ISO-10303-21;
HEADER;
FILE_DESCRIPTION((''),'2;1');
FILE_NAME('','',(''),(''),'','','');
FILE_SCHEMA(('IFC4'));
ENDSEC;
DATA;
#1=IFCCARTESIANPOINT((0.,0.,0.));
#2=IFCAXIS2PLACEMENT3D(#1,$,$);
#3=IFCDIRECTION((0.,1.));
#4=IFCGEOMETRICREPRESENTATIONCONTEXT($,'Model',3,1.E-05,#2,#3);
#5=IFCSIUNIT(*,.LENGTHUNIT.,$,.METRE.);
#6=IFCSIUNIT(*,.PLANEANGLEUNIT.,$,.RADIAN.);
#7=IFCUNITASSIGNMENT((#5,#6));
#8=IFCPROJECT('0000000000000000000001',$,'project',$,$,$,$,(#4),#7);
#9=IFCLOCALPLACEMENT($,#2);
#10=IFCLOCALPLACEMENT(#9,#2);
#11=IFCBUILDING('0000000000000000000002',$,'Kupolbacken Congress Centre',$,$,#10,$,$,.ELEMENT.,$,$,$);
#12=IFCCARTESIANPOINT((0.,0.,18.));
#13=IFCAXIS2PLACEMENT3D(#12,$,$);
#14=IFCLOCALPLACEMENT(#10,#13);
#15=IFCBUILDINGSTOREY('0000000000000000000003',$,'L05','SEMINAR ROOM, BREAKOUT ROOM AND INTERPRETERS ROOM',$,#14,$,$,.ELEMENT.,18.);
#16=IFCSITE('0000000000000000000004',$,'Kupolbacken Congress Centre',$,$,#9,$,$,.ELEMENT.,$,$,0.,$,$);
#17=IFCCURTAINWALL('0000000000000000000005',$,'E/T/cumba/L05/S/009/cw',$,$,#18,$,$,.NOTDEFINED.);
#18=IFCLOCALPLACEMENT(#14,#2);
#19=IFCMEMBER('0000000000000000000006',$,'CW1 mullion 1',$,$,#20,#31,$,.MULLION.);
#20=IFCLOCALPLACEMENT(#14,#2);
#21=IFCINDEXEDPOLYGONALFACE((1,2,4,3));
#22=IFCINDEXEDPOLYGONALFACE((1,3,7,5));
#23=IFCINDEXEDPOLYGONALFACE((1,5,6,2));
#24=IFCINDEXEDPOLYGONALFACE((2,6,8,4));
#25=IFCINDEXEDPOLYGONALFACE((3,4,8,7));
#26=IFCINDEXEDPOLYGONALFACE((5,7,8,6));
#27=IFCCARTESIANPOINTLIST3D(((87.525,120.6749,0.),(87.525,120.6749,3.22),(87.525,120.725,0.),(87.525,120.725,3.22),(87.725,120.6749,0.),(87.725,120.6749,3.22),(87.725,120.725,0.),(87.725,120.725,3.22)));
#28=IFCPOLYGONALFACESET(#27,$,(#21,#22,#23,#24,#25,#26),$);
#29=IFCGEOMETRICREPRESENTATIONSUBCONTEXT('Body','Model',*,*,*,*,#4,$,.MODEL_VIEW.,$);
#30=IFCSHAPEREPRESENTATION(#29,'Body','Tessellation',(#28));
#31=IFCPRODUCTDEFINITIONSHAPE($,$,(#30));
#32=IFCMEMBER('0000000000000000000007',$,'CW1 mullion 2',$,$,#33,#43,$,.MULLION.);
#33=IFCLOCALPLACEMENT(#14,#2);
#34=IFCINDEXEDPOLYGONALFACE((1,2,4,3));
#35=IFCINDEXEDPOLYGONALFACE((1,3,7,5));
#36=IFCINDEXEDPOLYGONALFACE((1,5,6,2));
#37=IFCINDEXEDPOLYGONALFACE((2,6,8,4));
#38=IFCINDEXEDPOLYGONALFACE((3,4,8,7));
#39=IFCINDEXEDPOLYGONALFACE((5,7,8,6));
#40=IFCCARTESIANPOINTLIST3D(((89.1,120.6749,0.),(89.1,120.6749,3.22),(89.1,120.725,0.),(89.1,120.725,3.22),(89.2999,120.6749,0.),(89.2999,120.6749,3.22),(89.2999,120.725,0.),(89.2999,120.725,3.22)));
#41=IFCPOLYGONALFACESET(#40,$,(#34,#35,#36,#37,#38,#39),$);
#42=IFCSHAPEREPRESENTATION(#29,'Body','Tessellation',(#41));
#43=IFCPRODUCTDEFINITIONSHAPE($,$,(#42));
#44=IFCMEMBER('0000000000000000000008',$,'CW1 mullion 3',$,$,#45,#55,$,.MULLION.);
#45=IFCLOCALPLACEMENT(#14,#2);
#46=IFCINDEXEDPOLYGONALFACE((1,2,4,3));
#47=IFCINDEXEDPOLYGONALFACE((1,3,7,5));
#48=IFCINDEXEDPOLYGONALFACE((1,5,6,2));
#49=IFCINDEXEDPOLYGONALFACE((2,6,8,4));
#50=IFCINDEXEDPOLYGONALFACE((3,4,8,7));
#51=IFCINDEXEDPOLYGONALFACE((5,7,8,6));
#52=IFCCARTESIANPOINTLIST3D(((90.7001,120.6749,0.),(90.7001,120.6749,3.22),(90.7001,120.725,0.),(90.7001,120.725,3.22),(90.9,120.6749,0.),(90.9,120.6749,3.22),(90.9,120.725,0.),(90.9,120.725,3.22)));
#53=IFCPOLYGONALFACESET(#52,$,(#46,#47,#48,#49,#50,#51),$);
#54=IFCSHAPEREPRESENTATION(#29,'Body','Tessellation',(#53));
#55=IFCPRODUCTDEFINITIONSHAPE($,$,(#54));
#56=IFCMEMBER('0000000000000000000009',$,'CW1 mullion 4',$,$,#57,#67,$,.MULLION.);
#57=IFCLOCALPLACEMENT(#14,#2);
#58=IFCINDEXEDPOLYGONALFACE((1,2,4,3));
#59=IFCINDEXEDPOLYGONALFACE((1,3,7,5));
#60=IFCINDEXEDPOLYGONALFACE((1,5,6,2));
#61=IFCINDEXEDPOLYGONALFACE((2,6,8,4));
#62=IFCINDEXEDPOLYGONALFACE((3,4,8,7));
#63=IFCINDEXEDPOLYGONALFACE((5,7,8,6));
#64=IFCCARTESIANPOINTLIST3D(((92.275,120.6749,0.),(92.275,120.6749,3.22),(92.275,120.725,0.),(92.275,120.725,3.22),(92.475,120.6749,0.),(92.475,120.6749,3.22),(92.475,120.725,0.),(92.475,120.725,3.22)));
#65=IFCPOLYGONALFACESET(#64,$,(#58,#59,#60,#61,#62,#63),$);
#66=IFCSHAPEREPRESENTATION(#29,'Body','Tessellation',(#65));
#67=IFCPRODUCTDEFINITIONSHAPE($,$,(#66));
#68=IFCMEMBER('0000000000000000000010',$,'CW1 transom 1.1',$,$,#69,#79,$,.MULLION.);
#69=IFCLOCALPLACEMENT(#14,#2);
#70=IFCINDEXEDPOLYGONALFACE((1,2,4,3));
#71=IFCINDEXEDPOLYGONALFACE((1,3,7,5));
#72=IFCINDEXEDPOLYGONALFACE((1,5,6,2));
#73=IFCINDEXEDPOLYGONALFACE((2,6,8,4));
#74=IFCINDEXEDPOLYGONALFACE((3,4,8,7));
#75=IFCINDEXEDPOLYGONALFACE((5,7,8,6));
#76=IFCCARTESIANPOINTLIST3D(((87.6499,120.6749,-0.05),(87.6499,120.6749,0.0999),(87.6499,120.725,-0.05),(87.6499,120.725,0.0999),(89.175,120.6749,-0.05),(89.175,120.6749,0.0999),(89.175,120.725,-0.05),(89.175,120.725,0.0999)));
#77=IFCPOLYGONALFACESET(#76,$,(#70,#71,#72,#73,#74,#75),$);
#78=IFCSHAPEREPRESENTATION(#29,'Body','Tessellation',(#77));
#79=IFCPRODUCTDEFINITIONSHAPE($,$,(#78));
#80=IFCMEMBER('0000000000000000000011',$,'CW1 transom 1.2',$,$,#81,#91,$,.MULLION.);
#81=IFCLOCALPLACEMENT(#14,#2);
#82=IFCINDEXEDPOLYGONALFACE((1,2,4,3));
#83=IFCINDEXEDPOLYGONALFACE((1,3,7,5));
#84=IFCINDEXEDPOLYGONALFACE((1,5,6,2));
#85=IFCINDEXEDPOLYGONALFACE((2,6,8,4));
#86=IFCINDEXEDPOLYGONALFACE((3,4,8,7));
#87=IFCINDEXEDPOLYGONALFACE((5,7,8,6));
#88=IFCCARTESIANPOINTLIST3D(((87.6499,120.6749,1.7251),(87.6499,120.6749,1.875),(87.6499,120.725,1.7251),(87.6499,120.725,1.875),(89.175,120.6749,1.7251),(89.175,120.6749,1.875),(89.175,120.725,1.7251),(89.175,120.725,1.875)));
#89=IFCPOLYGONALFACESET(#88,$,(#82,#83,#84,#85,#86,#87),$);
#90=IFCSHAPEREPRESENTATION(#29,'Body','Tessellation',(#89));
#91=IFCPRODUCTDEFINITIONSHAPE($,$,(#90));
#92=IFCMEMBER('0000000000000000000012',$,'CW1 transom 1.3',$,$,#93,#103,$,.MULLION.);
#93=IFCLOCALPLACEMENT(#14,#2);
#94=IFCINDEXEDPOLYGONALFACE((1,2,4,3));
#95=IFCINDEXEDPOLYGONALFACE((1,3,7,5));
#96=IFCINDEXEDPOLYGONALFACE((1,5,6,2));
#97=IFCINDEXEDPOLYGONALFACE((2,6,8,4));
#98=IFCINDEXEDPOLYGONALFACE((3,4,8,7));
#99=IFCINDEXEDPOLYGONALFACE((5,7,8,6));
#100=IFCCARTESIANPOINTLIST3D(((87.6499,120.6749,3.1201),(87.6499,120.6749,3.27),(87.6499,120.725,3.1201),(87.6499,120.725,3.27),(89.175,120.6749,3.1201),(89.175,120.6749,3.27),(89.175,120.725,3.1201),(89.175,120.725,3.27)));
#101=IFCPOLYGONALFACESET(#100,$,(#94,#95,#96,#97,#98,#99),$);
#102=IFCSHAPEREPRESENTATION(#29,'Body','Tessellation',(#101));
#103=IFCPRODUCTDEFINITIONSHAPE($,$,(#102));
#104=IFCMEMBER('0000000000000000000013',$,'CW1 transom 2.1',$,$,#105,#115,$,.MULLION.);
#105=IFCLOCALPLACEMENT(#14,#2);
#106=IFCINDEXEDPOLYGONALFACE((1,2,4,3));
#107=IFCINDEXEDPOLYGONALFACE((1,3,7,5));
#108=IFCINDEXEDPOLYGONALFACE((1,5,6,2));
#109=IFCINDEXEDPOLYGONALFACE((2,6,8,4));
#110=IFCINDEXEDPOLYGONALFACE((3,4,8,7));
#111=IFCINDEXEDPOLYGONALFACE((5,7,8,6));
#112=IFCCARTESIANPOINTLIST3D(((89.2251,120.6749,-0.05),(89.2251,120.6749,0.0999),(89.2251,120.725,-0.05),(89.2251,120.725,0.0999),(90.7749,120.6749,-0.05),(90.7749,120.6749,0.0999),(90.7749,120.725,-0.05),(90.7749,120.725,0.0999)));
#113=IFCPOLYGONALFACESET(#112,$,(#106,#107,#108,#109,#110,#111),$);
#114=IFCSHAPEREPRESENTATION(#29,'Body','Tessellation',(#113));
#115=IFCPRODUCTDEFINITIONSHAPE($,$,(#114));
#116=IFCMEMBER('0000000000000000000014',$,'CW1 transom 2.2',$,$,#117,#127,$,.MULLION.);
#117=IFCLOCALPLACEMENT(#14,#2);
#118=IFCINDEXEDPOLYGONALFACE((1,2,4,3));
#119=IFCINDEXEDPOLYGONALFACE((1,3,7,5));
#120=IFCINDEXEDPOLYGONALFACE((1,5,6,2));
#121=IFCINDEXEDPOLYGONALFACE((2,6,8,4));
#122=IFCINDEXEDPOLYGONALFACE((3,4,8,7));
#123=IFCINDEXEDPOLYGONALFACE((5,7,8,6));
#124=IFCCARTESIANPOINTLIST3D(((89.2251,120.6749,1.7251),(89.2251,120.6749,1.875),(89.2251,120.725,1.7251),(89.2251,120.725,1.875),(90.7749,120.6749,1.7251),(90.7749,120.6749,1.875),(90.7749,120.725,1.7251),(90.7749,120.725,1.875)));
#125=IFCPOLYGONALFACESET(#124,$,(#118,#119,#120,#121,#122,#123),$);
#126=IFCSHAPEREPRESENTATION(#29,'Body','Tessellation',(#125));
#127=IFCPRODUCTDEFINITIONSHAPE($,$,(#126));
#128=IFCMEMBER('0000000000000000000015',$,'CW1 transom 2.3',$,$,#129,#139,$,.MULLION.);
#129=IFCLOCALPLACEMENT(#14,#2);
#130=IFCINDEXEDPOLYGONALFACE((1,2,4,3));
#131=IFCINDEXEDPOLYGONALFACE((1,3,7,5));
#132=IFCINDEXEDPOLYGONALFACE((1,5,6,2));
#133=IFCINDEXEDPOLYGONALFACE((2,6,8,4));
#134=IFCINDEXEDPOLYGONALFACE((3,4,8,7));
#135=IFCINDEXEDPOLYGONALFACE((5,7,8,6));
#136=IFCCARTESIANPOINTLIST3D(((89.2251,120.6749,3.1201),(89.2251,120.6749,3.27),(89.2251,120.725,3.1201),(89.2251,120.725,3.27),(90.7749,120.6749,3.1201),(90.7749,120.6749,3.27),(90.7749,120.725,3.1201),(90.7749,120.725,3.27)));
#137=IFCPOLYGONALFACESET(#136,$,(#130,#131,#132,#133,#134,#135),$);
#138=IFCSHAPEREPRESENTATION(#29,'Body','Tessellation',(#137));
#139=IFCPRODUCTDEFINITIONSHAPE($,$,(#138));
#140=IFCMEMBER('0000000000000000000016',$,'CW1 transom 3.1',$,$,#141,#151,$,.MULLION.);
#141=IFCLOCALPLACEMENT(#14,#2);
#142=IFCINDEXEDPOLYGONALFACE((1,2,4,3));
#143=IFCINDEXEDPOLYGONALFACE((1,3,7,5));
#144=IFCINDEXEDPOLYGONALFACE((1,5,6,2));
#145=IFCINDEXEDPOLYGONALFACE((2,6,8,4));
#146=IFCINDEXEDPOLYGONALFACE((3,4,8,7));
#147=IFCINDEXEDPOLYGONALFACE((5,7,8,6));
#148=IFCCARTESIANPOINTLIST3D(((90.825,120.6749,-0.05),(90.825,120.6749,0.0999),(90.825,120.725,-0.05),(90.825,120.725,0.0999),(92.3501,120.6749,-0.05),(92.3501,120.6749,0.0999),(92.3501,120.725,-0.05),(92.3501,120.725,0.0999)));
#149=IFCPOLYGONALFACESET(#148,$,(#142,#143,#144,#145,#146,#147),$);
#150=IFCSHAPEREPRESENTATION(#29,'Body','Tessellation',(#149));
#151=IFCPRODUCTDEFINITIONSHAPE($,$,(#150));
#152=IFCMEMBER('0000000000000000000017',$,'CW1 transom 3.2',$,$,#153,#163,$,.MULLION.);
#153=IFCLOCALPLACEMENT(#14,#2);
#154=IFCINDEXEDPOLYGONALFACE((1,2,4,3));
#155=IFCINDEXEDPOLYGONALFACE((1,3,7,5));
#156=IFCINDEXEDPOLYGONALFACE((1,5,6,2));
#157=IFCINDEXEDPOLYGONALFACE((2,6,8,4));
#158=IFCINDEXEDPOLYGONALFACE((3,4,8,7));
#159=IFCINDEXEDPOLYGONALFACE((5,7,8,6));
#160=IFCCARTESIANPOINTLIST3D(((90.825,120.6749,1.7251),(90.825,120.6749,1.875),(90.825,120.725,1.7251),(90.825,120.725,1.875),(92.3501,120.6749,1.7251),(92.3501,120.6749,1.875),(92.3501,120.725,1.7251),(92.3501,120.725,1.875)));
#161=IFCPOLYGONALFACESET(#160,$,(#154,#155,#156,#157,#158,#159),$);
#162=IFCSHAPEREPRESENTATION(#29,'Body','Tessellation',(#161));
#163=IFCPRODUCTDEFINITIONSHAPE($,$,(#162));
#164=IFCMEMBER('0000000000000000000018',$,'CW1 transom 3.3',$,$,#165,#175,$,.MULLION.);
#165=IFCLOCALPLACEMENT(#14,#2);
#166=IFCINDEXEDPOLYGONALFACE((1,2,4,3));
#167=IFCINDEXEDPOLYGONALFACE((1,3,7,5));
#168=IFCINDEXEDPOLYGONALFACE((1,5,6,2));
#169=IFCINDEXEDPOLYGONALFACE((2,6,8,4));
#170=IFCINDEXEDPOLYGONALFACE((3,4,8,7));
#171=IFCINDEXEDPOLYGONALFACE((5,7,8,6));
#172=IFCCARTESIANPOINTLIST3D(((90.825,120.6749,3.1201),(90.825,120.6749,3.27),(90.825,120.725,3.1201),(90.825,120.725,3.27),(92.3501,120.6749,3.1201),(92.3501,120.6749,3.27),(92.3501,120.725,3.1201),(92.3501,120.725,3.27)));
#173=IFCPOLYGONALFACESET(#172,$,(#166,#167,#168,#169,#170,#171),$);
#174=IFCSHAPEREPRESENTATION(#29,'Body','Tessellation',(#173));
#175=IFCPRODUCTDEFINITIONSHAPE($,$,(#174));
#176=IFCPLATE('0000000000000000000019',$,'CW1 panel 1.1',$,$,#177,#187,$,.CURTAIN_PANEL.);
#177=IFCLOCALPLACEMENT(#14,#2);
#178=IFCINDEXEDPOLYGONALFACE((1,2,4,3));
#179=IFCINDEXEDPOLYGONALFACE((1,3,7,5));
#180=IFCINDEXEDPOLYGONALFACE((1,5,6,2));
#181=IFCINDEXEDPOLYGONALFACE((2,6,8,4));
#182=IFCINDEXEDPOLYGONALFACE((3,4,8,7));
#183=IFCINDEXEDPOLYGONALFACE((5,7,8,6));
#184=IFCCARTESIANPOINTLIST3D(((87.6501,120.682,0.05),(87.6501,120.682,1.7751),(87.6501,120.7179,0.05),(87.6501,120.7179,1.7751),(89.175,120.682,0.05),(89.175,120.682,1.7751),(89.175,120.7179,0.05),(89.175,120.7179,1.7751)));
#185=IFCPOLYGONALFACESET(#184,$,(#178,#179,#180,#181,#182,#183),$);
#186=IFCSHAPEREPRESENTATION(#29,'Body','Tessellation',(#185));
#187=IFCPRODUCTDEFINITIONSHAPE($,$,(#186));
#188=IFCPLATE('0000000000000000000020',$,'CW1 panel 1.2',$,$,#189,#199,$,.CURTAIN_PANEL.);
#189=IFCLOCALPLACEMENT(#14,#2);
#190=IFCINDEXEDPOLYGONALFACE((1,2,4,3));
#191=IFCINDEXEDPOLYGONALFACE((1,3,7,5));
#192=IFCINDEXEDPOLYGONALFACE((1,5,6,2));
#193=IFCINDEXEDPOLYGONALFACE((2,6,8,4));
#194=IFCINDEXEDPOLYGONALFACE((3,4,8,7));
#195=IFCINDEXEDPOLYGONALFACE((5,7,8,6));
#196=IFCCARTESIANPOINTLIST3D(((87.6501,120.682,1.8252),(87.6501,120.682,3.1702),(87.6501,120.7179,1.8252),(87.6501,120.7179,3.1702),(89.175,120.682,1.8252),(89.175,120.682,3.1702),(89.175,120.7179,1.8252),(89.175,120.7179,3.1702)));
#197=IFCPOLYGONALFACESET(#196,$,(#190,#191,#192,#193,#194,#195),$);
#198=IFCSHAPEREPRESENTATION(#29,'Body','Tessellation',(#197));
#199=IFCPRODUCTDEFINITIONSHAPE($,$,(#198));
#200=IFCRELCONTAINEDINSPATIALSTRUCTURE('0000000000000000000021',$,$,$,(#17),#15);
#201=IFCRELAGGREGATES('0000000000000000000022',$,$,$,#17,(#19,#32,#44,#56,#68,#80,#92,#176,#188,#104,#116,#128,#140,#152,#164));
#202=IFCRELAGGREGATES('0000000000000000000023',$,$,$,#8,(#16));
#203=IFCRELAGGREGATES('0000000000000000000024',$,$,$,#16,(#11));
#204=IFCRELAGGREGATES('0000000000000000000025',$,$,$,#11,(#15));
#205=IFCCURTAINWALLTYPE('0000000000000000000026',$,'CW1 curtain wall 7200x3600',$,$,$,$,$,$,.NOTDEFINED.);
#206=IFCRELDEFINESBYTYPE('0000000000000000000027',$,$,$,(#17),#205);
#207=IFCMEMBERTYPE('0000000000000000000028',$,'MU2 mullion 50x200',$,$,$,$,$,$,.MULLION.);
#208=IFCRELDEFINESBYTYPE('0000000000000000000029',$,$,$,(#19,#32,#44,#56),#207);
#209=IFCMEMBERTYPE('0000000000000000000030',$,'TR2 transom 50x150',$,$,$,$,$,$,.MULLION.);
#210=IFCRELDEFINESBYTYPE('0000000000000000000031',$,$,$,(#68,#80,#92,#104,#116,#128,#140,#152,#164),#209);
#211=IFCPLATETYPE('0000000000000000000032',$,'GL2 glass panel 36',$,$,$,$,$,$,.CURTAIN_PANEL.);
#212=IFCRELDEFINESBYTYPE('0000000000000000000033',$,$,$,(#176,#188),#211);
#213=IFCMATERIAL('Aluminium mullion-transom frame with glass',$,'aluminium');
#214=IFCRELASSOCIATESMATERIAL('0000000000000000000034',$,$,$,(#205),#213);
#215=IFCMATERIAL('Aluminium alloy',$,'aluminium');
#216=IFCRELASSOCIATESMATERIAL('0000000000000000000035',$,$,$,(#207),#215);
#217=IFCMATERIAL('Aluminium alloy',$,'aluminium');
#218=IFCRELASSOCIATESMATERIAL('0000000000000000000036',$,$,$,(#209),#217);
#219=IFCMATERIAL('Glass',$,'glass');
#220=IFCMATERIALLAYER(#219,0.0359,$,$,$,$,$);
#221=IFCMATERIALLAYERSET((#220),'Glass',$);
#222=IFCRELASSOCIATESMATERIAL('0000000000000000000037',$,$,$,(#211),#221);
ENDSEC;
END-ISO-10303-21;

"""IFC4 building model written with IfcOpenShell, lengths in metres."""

from ifc_helpers import new_model, si_unit, direction, frame, origin, origin_2d, place, context, subcontext, project, spatial, rectangle, extrude, material, layer, layer_set, material_profile, profile_set, type_object, element, aggregate, save


model = new_model("IFC4")

# Units and contexts
model_context = context("Model", 3, precision=1e-05, world=origin(), true_north=direction((0.0, 1.0)))
body_context = subcontext(model_context, "Body", "Model", "MODEL_VIEW")
ifc_project = project(units=[si_unit("LENGTHUNIT", "METRE"), si_unit("PLANEANGLEUNIT", "RADIAN")], contexts=[model_context])

# Site, building, storey
site_placement = place(None, origin())
site = spatial("IfcSite", under=ifc_project, at=site_placement, Name="Kupolbacken Congress Centre", CompositionType="ELEMENT", RefElevation=0.0)
building_placement = place(site_placement, origin())
building = spatial("IfcBuilding", under=site, at=building_placement, Name="Kupolbacken Congress Centre", CompositionType="ELEMENT")
storey_placement = place(building_placement, frame((0.0, 0.0, 18.0)))
storey = spatial("IfcBuildingStorey", under=building, at=storey_placement, Name="L05", Description="SEMINAR ROOM, BREAKOUT ROOM AND INTERPRETERS ROOM", CompositionType="ELEMENT", Elevation=18.0)

# Curtain wall, members, plates
ifc_material_1 = material(Name="Aluminium mullion-transom frame with glass", Category="aluminium")
curtain_wall_type = type_object("IfcCurtainWallType", Name="CW1 curtain wall 7200x3600", PredefinedType="NOTDEFINED", material=ifc_material_1)
curtain_wall_placement = place(storey_placement, origin())
curtain_wall = element("IfcCurtainWall", 1, at=curtain_wall_placement, inside=storey, type_object=curtain_wall_type, Name="E/T/cumba/L05/S/009/cw", PredefinedType="NOTDEFINED")
ifc_material_2 = material(Name="Aluminium alloy", Category="aluminium")
ifc_material_profile_1 = material_profile(ifc_material_2, rectangle(XDim=0.05, YDim=0.2, at=origin_2d()), Name="50 x 200")
ifc_profile_set_1 = profile_set([ifc_material_profile_1], Name="Aluminium alloy")
member_type_1 = type_object("IfcMemberType", Name="MU2 mullion 50x200", PredefinedType="MULLION", material=ifc_profile_set_1)
member_1_placement = place(storey_placement, frame((87.625, 120.7, 0.0), z_axis=(0.0, 0.0, 1.0), x_axis=(0.0, 1.0, 0.0)))
member_1 = element("IfcMember", 2, at=member_1_placement, type_object=member_type_1, Name="CW1 mullion 1", PredefinedType="MULLION", context=body_context, shape_type="SweptSolid", body=[
    extrude(rectangle(XDim=0.05, YDim=0.2, at=origin_2d()), origin(), (0.0, 0.0, 1.0), 3.22),
])
member_2_placement = place(storey_placement, frame((89.2, 120.7, 0.0), z_axis=(0.0, 0.0, 1.0), x_axis=(0.0, 1.0, 0.0)))
member_2 = element("IfcMember", 3, at=member_2_placement, type_object=member_type_1, Name="CW1 mullion 2", PredefinedType="MULLION", context=body_context, shape_type="SweptSolid", body=[
    extrude(rectangle(XDim=0.05, YDim=0.2, at=origin_2d()), origin(), (0.0, 0.0, 1.0), 3.22),
])
member_3_placement = place(storey_placement, frame((90.8, 120.7, 0.0), z_axis=(0.0, 0.0, 1.0), x_axis=(0.0, 1.0, 0.0)))
member_3 = element("IfcMember", 4, at=member_3_placement, type_object=member_type_1, Name="CW1 mullion 3", PredefinedType="MULLION", context=body_context, shape_type="SweptSolid", body=[
    extrude(rectangle(XDim=0.05, YDim=0.2, at=origin_2d()), origin(), (0.0, 0.0, 1.0), 3.22),
])
member_4_placement = place(storey_placement, frame((92.375, 120.7, 0.0), z_axis=(0.0, 0.0, 1.0), x_axis=(0.0, 1.0, 0.0)))
member_4 = element("IfcMember", 5, at=member_4_placement, type_object=member_type_1, Name="CW1 mullion 4", PredefinedType="MULLION", context=body_context, shape_type="SweptSolid", body=[
    extrude(rectangle(XDim=0.05, YDim=0.2, at=origin_2d()), origin(), (0.0, 0.0, 1.0), 3.22),
])
ifc_material_3 = material(Name="Aluminium alloy", Category="aluminium")
ifc_material_profile_2 = material_profile(ifc_material_3, rectangle(XDim=0.05, YDim=0.1499, at=origin_2d()), Name="50 x 150")
ifc_profile_set_2 = profile_set([ifc_material_profile_2], Name="Aluminium alloy")
member_type_2 = type_object("IfcMemberType", Name="TR2 transom 50x150", PredefinedType="MULLION", material=ifc_profile_set_2)
member_5_placement = place(storey_placement, frame((87.6499, 120.7, 0.0249), z_axis=(1.0, 0.0, 0.0), x_axis=(0.0, 1.0, 0.0)))
member_5 = element("IfcMember", 6, at=member_5_placement, type_object=member_type_2, Name="CW1 transom 1.1", PredefinedType="MULLION", context=body_context, shape_type="SweptSolid", body=[
    extrude(rectangle(XDim=0.05, YDim=0.1499, at=origin_2d()), origin(), (0.0, 0.0, 1.0), 1.5251),
])
member_6_placement = place(storey_placement, frame((87.6499, 120.7, 1.8), z_axis=(1.0, 0.0, 0.0), x_axis=(0.0, 1.0, 0.0)))
member_6 = element("IfcMember", 7, at=member_6_placement, type_object=member_type_2, Name="CW1 transom 1.2", PredefinedType="MULLION", context=body_context, shape_type="SweptSolid", body=[
    extrude(rectangle(XDim=0.05, YDim=0.1499, at=origin_2d()), origin(), (0.0, 0.0, 1.0), 1.5251),
])
member_7_placement = place(storey_placement, frame((87.6499, 120.7, 3.1951), z_axis=(1.0, 0.0, 0.0), x_axis=(0.0, 1.0, 0.0)))
member_7 = element("IfcMember", 8, at=member_7_placement, type_object=member_type_2, Name="CW1 transom 1.3", PredefinedType="MULLION", context=body_context, shape_type="SweptSolid", body=[
    extrude(rectangle(XDim=0.05, YDim=0.1499, at=origin_2d()), origin(), (0.0, 0.0, 1.0), 1.5251),
])
member_8_placement = place(storey_placement, frame((89.2251, 120.7, 0.0249), z_axis=(1.0, 0.0, 0.0), x_axis=(0.0, 1.0, 0.0)))
member_8 = element("IfcMember", 9, at=member_8_placement, type_object=member_type_2, Name="CW1 transom 2.1", PredefinedType="MULLION", context=body_context, shape_type="SweptSolid", body=[
    extrude(rectangle(XDim=0.05, YDim=0.1499, at=origin_2d()), origin(), (0.0, 0.0, 1.0), 1.5498),
])
member_9_placement = place(storey_placement, frame((89.2251, 120.7, 1.8), z_axis=(1.0, 0.0, 0.0), x_axis=(0.0, 1.0, 0.0)))
member_9 = element("IfcMember", 10, at=member_9_placement, type_object=member_type_2, Name="CW1 transom 2.2", PredefinedType="MULLION", context=body_context, shape_type="SweptSolid", body=[
    extrude(rectangle(XDim=0.05, YDim=0.1499, at=origin_2d()), origin(), (0.0, 0.0, 1.0), 1.5498),
])
member_10_placement = place(storey_placement, frame((89.2251, 120.7, 3.1951), z_axis=(1.0, 0.0, 0.0), x_axis=(0.0, 1.0, 0.0)))
member_10 = element("IfcMember", 11, at=member_10_placement, type_object=member_type_2, Name="CW1 transom 2.3", PredefinedType="MULLION", context=body_context, shape_type="SweptSolid", body=[
    extrude(rectangle(XDim=0.05, YDim=0.1499, at=origin_2d()), origin(), (0.0, 0.0, 1.0), 1.5498),
])
member_11_placement = place(storey_placement, frame((90.825, 120.7, 0.0249), z_axis=(1.0, 0.0, 0.0), x_axis=(0.0, 1.0, 0.0)))
member_11 = element("IfcMember", 12, at=member_11_placement, type_object=member_type_2, Name="CW1 transom 3.1", PredefinedType="MULLION", context=body_context, shape_type="SweptSolid", body=[
    extrude(rectangle(XDim=0.05, YDim=0.1499, at=origin_2d()), origin(), (0.0, 0.0, 1.0), 1.5251),
])
member_12_placement = place(storey_placement, frame((90.825, 120.7, 1.8), z_axis=(1.0, 0.0, 0.0), x_axis=(0.0, 1.0, 0.0)))
member_12 = element("IfcMember", 13, at=member_12_placement, type_object=member_type_2, Name="CW1 transom 3.2", PredefinedType="MULLION", context=body_context, shape_type="SweptSolid", body=[
    extrude(rectangle(XDim=0.05, YDim=0.1499, at=origin_2d()), origin(), (0.0, 0.0, 1.0), 1.5251),
])
member_13_placement = place(storey_placement, frame((90.825, 120.7, 3.1951), z_axis=(1.0, 0.0, 0.0), x_axis=(0.0, 1.0, 0.0)))
member_13 = element("IfcMember", 14, at=member_13_placement, type_object=member_type_2, Name="CW1 transom 3.3", PredefinedType="MULLION", context=body_context, shape_type="SweptSolid", body=[
    extrude(rectangle(XDim=0.05, YDim=0.1499, at=origin_2d()), origin(), (0.0, 0.0, 1.0), 1.5251),
])
ifc_material_4 = material(Name="Glass", Category="glass")
ifc_layer_1 = layer(ifc_material_4, 0.0359)
ifc_layer_set_1 = layer_set([ifc_layer_1], Name="Glass")
plate_type = type_object("IfcPlateType", Name="GL2 glass panel 36", PredefinedType="CURTAIN_PANEL", material=ifc_layer_set_1)
plate_1_placement = place(storey_placement, frame((88.4126, 120.7, 0.05), z_axis=(0.0, 0.0, 1.0), x_axis=(1.0, 0.0, 0.0)))
plate_1 = element("IfcPlate", 15, at=plate_1_placement, type_object=plate_type, Name="CW1 panel 1.1", PredefinedType="CURTAIN_PANEL", context=body_context, shape_type="SweptSolid", body=[
    extrude(rectangle(XDim=1.5249, YDim=0.0359, at=origin_2d()), origin(), (0.0, 0.0, 1.0), 1.7251),
])
plate_2_placement = place(storey_placement, frame((88.4126, 120.7, 1.8252), z_axis=(0.0, 0.0, 1.0), x_axis=(1.0, 0.0, 0.0)))
plate_2 = element("IfcPlate", 16, at=plate_2_placement, type_object=plate_type, Name="CW1 panel 1.2", PredefinedType="CURTAIN_PANEL", context=body_context, shape_type="SweptSolid", body=[
    extrude(rectangle(XDim=1.5249, YDim=0.0359, at=origin_2d()), origin(), (0.0, 0.0, 1.0), 1.345),
])
aggregate(curtain_wall, [member_1, member_2, member_3, member_4, member_5, member_6, member_7, plate_1, plate_2, member_8, member_9, member_10, member_11, member_12, member_13])

save(model, "model.ifc")
